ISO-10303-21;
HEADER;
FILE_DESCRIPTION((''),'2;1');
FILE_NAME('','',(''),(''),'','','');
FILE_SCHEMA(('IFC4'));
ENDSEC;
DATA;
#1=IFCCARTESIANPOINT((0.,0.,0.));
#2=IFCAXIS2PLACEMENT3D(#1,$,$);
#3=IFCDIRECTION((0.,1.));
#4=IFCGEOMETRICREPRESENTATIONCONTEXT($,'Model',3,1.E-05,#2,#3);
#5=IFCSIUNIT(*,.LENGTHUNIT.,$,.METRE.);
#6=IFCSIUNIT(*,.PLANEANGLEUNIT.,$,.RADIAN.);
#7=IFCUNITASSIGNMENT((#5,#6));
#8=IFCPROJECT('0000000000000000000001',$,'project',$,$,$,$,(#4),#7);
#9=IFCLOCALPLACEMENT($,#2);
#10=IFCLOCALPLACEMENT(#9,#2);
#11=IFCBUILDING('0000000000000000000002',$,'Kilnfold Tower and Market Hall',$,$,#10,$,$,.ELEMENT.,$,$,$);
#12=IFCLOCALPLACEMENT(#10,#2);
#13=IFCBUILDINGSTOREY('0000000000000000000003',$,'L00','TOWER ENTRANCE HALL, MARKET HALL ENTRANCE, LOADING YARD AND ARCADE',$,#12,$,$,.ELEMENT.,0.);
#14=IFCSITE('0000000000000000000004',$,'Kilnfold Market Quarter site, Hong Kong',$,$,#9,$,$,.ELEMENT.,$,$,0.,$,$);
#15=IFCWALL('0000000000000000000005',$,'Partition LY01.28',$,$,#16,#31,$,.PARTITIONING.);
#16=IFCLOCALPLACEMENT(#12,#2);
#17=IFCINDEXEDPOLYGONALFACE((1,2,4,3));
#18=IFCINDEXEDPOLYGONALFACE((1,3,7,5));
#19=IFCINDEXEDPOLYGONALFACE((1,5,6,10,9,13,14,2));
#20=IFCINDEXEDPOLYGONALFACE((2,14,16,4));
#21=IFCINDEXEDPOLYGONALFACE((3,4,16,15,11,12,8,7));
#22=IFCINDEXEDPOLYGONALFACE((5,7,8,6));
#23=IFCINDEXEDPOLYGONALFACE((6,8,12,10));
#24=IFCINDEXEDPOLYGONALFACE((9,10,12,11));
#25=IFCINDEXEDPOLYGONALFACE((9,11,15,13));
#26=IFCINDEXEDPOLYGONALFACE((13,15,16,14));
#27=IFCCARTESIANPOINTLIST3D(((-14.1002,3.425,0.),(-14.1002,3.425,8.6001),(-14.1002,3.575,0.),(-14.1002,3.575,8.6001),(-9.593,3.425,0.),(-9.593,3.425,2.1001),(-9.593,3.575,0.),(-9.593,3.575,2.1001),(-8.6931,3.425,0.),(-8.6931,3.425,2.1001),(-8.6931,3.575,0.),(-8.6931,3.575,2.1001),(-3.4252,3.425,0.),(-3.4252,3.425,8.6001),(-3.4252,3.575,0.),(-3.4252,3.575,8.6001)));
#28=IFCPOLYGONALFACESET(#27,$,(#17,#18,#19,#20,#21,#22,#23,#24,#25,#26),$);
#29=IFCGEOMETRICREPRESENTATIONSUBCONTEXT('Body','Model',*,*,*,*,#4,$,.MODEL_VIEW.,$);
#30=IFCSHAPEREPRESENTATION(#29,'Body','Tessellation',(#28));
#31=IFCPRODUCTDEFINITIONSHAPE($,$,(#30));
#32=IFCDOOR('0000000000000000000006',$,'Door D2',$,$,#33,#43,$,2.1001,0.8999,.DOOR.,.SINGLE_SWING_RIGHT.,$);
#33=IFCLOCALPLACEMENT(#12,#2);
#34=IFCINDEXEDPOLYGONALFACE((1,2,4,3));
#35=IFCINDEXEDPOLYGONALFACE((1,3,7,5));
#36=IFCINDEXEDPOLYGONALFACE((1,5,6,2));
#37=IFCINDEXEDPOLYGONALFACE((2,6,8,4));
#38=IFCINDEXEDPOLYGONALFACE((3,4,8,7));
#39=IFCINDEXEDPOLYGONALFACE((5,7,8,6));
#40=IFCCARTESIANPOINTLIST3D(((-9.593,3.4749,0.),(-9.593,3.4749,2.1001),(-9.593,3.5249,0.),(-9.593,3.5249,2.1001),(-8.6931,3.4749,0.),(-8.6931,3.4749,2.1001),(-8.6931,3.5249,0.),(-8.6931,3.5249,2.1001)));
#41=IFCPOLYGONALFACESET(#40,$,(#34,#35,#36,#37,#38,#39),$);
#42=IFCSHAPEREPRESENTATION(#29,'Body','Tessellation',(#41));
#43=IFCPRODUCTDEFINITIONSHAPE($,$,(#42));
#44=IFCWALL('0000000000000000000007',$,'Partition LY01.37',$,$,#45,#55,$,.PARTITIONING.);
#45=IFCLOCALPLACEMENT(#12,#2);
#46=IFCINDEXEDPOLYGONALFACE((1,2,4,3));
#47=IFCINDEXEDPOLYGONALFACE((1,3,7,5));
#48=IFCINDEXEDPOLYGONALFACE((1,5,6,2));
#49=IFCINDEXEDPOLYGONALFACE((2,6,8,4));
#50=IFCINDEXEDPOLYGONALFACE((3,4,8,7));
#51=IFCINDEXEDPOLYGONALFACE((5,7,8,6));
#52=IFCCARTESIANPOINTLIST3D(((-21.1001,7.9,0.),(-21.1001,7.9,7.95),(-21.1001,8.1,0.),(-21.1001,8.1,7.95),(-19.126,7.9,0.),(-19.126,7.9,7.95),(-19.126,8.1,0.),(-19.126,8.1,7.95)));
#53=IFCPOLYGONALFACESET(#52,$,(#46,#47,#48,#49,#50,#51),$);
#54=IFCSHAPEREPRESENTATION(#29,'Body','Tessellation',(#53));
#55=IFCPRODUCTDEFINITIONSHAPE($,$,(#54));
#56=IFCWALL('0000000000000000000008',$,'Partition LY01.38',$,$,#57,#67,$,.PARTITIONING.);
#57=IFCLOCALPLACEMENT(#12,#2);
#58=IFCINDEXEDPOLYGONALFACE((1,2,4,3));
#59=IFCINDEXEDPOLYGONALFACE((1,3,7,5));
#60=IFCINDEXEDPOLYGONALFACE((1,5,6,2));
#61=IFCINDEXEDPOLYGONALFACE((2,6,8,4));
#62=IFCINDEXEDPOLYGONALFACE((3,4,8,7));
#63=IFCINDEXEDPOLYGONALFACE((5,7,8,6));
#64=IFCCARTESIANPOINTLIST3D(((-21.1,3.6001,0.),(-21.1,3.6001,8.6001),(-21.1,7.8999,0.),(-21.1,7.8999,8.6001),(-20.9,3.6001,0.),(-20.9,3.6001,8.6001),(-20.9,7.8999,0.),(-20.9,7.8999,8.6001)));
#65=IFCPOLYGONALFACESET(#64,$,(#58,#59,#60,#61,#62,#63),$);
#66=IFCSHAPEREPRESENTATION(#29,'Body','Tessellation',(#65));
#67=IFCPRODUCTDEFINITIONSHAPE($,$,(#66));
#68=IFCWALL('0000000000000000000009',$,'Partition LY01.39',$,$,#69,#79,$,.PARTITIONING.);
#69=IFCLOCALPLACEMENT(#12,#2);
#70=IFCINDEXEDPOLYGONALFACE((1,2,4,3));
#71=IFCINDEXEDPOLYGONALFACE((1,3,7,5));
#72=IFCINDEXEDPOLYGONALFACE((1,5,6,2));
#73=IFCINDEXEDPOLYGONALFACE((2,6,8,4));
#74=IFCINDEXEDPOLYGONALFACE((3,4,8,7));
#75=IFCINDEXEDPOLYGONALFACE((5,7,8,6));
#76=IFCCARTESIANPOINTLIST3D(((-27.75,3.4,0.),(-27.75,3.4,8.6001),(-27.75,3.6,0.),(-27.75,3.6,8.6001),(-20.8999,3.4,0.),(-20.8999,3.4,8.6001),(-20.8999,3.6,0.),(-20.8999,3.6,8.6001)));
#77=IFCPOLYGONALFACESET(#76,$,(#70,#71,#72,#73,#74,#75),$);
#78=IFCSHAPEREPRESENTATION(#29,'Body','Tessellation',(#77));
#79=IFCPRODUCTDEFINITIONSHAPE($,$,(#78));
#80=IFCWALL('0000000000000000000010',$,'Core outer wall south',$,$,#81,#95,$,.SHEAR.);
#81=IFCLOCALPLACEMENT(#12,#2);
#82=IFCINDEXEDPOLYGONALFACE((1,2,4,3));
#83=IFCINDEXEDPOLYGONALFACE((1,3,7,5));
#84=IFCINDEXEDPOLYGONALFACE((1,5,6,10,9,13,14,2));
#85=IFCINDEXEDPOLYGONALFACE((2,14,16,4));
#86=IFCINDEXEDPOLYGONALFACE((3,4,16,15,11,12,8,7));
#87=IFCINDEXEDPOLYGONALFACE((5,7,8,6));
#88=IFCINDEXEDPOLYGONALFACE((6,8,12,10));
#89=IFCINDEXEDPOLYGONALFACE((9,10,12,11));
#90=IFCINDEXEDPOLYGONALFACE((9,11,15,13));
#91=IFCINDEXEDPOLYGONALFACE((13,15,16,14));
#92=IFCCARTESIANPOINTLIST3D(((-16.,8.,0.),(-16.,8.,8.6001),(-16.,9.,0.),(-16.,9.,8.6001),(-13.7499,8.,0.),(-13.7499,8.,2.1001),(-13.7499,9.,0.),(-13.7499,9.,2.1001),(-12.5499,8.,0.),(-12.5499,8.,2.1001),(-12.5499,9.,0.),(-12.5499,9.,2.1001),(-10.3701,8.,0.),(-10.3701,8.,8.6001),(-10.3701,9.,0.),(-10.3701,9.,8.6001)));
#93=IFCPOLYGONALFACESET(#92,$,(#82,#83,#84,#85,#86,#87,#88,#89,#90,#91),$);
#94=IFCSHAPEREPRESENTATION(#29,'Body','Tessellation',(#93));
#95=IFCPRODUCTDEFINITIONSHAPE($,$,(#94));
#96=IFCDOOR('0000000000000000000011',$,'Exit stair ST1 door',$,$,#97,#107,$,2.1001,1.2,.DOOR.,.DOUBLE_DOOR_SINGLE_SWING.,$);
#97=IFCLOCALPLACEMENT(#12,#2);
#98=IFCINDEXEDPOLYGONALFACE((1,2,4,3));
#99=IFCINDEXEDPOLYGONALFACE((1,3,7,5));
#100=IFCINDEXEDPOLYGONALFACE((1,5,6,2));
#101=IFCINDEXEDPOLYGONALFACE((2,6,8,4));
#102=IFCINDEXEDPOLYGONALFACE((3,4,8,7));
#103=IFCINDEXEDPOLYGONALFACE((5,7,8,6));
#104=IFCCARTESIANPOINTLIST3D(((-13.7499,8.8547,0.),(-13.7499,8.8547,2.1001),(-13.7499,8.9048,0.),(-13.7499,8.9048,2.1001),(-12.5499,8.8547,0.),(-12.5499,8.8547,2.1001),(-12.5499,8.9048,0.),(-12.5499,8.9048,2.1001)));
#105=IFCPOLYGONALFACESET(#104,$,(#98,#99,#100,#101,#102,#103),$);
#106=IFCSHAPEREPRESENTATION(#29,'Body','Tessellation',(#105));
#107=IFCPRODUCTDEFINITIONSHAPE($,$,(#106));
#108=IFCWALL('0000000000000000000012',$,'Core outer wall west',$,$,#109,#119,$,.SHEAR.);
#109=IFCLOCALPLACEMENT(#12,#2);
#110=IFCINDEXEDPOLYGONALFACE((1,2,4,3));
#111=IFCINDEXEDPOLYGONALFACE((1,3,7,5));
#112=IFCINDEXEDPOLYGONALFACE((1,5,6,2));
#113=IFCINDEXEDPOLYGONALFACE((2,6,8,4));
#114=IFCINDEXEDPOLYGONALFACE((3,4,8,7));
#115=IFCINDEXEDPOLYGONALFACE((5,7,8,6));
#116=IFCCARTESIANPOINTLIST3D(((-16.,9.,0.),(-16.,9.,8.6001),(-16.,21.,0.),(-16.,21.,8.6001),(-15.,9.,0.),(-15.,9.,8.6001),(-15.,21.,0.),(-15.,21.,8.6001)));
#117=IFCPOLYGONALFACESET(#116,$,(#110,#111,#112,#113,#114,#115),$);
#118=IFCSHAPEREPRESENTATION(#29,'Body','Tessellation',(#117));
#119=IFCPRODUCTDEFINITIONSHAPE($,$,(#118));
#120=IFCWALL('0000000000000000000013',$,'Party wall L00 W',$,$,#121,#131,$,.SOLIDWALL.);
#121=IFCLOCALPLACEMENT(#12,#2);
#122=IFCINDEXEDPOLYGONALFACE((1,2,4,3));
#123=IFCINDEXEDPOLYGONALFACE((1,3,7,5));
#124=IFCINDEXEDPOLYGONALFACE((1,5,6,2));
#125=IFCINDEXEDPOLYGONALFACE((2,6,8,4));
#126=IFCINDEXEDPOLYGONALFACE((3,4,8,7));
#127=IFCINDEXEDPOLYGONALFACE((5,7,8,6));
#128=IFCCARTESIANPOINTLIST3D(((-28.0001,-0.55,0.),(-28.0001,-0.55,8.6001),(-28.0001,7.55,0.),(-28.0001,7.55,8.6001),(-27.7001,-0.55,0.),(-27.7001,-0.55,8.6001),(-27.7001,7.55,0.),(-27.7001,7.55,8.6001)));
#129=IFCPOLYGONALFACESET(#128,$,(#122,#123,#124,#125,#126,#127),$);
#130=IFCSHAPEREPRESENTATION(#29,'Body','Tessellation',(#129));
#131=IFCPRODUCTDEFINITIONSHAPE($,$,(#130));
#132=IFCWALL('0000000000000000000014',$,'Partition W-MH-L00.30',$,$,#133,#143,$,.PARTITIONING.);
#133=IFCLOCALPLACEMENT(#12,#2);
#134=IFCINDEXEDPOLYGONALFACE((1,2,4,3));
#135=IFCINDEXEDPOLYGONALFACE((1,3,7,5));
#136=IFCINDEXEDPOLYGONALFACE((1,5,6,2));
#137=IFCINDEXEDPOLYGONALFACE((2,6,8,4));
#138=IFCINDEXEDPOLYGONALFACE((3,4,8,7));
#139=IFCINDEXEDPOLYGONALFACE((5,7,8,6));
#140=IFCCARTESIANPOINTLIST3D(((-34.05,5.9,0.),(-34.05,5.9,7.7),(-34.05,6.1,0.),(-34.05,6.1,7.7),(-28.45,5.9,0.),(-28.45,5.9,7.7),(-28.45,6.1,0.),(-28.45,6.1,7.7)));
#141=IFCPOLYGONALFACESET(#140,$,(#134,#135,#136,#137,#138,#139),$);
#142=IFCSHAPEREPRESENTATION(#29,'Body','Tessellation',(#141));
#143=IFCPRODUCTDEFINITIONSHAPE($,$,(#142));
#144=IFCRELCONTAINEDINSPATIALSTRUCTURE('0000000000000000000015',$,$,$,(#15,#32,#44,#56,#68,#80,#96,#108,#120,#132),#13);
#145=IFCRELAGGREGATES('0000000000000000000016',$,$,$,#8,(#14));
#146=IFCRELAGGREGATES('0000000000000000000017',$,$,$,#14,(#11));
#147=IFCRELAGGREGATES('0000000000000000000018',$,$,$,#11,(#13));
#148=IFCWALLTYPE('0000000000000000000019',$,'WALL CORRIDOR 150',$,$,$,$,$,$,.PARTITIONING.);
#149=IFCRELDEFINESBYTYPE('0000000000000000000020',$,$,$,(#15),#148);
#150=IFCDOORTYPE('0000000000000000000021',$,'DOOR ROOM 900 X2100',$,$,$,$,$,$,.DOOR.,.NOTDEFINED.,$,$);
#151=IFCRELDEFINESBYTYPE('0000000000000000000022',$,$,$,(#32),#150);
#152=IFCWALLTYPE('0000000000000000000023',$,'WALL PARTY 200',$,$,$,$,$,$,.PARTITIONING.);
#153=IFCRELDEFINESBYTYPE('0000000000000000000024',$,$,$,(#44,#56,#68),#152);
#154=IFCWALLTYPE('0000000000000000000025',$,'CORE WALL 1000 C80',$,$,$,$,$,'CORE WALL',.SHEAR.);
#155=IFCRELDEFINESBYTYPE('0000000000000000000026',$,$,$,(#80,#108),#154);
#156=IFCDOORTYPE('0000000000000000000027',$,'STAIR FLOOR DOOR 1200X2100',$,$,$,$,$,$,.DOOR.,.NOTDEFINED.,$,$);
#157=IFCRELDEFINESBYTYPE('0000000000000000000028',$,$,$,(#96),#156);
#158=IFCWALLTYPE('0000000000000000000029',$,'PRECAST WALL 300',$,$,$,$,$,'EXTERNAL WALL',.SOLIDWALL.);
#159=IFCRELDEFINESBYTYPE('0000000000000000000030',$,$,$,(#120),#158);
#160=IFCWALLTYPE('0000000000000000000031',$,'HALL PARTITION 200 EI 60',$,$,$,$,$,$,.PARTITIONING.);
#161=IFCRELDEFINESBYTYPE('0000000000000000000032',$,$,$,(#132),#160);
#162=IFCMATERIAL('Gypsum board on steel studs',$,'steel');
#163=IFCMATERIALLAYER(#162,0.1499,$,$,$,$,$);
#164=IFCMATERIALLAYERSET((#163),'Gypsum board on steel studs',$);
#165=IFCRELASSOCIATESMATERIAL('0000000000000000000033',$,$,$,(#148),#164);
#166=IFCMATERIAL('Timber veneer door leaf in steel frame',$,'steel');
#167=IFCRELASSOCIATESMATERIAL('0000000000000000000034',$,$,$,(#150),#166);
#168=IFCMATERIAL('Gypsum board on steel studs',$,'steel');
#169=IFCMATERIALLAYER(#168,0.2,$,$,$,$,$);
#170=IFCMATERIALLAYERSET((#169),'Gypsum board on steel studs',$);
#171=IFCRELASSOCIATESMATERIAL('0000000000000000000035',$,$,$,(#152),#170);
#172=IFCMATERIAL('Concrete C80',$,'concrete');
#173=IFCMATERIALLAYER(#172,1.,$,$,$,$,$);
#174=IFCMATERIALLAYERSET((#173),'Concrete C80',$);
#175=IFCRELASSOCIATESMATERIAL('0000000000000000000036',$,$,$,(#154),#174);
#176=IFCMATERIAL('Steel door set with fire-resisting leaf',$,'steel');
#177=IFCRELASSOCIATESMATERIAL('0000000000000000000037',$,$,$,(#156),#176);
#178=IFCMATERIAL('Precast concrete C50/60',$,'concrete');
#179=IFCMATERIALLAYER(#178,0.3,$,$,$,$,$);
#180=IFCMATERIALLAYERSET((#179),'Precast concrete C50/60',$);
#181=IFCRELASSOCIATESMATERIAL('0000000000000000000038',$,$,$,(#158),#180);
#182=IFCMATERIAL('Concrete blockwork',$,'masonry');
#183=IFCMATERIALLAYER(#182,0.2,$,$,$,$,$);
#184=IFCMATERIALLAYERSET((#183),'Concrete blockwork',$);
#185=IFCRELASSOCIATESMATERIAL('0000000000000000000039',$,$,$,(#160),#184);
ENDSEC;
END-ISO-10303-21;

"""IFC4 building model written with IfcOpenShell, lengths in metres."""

from ifc_helpers import new_model, si_unit, direction, frame, frame_2d, origin, place, context, subcontext, project, spatial, rectangle, extrude, source, transform, mapped, material, layer, layer_set, type_object, element, fill, save


model = new_model("IFC4")

# Units and contexts
model_context = context("Model", 3, precision=1e-05, world=origin(), true_north=direction((0.0, 1.0)))
body_context = subcontext(model_context, "Body", "Model", "MODEL_VIEW")
ifc_project = project(units=[si_unit("LENGTHUNIT", "METRE"), si_unit("PLANEANGLEUNIT", "RADIAN")], contexts=[model_context])

# Site, building, storey
site_placement = place(None, origin())
site = spatial("IfcSite", under=ifc_project, at=site_placement, Name="Kilnfold Market Quarter site, Hong Kong", CompositionType="ELEMENT", RefElevation=0.0)
building_placement = place(site_placement, origin())
building = spatial("IfcBuilding", under=site, at=building_placement, Name="Kilnfold Tower and Market Hall", CompositionType="ELEMENT")
storey_placement = place(building_placement, origin())
storey = spatial("IfcBuildingStorey", under=building, at=storey_placement, Name="L00", Description="TOWER ENTRANCE HALL, MARKET HALL ENTRANCE, LOADING YARD AND ARCADE", CompositionType="ELEMENT", Elevation=0.0)

# Shared definitions
ifc_material_1 = material(Name="Gypsum board on steel studs", Category="steel")
ifc_layer_1 = layer(ifc_material_1, 0.1499)
ifc_layer_set_1 = layer_set([ifc_layer_1], Name="Gypsum board on steel studs")
wall_type_1 = type_object("IfcWallType", Name="WALL CORRIDOR 150", PredefinedType="PARTITIONING", material=ifc_layer_set_1)

# Wall, opening, door
wall_1_placement = place(storey_placement, frame((-14.1001, 3.5, 0.0), z_axis=(0.0, 0.0, 1.0), x_axis=(1.0, 0.0, 0.0)))
wall_1 = element("IfcWall", 1, at=wall_1_placement, inside=storey, type_object=wall_type_1, Name="Partition LY01.28", PredefinedType="PARTITIONING", context=body_context, shape_type="SweptSolid", body=[
    extrude(rectangle(XDim=10.675, YDim=0.1499, at=frame_2d((5.3374, 0.0))), origin(), (0.0, 0.0, 1.0), 8.6001),
])
opening_1_placement = place(wall_1_placement, frame((4.5071, 0.0, 0.0)))
opening_1 = element("IfcOpeningElement", 2, at=opening_1_placement, cuts=wall_1, PredefinedType="OPENING", context=body_context, shape_type="SweptSolid", body=[
    extrude(rectangle(XDim=0.8999, YDim=2.1001, at=frame_2d((0.45, 1.05))), frame((0.0, 0.085, 0.0), z_axis=(0.0, -1.0, 0.0), x_axis=(1.0, 0.0, 0.0)), (0.0, 0.0, 1.0), 0.1699),
])
ifc_material_2 = material(Name="Timber veneer door leaf in steel frame", Category="steel")
door_type_1 = type_object("IfcDoorType", Name="DOOR ROOM 900 X2100", OperationType="NOTDEFINED", PredefinedType="DOOR", material=ifc_material_2)
door_1_placement = place(opening_1_placement, origin())
door_1 = element("IfcDoor", 3, at=door_1_placement, inside=storey, type_object=door_type_1, Name="Door D2", OperationType="SINGLE_SWING_RIGHT", OverallHeight=2.1001, OverallWidth=0.8999, PredefinedType="DOOR", context=body_context, shape_type="SweptSolid", body=[
    extrude(rectangle(XDim=0.8999, YDim=2.1001, at=frame_2d((0.45, 1.05))), frame((0.0, 0.0249, 0.0), z_axis=(0.0, -1.0, 0.0), x_axis=(1.0, 0.0, 0.0)), (0.0, 0.0, 1.0), 0.05),
])
fill(opening_1, door_1)

# Walls
ifc_material_3 = material(Name="Gypsum board on steel studs", Category="steel")
ifc_layer_2 = layer(ifc_material_3, 0.2)
ifc_layer_set_2 = layer_set([ifc_layer_2], Name="Gypsum board on steel studs")
wall_type_2 = type_object("IfcWallType", Name="WALL PARTY 200", PredefinedType="PARTITIONING", material=ifc_layer_set_2)
wall_2_placement = place(storey_placement, frame((-21.1001, 8.0, 0.0), z_axis=(0.0, 0.0, 1.0), x_axis=(1.0, 0.0, 0.0)))
element("IfcWall", 4, at=wall_2_placement, inside=storey, type_object=wall_type_2, Name="Partition LY01.37", PredefinedType="PARTITIONING", context=body_context, shape_type="SweptSolid", body=[
    extrude(rectangle(XDim=1.9741, YDim=0.2, at=frame_2d((0.9871, 0.0))), origin(), (0.0, 0.0, 1.0), 7.95),
])
wall_3_placement = place(storey_placement, frame((-21.0, 3.6001, 0.0), z_axis=(0.0, 0.0, 1.0), x_axis=(0.0, 1.0, 0.0)))
element("IfcWall", 5, at=wall_3_placement, inside=storey, type_object=wall_type_2, Name="Partition LY01.38", PredefinedType="PARTITIONING", context=body_context, shape_type="SweptSolid", body=[
    extrude(rectangle(XDim=4.2998, YDim=0.2, at=frame_2d((2.1499, 0.0))), origin(), (0.0, 0.0, 1.0), 8.6001),
])
wall_4_placement = place(storey_placement, frame((-27.75, 3.5, 0.0), z_axis=(0.0, 0.0, 1.0), x_axis=(1.0, 0.0, 0.0)))
element("IfcWall", 6, at=wall_4_placement, inside=storey, type_object=wall_type_2, Name="Partition LY01.39", PredefinedType="PARTITIONING", context=body_context, shape_type="SweptSolid", body=[
    extrude(rectangle(XDim=6.8501, YDim=0.2, at=frame_2d((3.425, 0.0))), origin(), (0.0, 0.0, 1.0), 8.6001),
])

# Wall, opening, door
ifc_material_4 = material(Name="Concrete C80", Category="concrete")
ifc_layer_3 = layer(ifc_material_4, 1.0)
ifc_layer_set_3 = layer_set([ifc_layer_3], Name="Concrete C80")
wall_type_3 = type_object("IfcWallType", Name="CORE WALL 1000 C80", ElementType="CORE WALL", PredefinedType="SHEAR", material=ifc_layer_set_3)
shared_shape_1 = source(origin(), body_context, "Body", "SweptSolid", [
    extrude(rectangle(XDim=5.6299, YDim=1.0, at=frame_2d((2.8149, 0.0))), origin(), (0.0, 0.0, 1.0), 8.6001),
])
wall_5_placement = place(storey_placement, frame((-16.0, 8.5, 0.0), z_axis=(0.0, 0.0, 1.0), x_axis=(1.0, 0.0, 0.0)))
wall_5 = element("IfcWall", 7, at=wall_5_placement, inside=storey, type_object=wall_type_3, Name="Core outer wall south", PredefinedType="SHEAR", context=body_context, shape_type="MappedRepresentation", body=[
    mapped(shared_shape_1, transform((0.0, 0.0, 0.0))),
])
opening_2_placement = place(wall_5_placement, frame((2.25, 0.0, 0.0)))
opening_2 = element("IfcOpeningElement", 8, at=opening_2_placement, cuts=wall_5, PredefinedType="OPENING", context=body_context, shape_type="SweptSolid", body=[
    extrude(rectangle(XDim=1.2, YDim=2.1001, at=frame_2d((0.6001, 1.05))), frame((0.0, 0.51, 0.0), z_axis=(0.0, -1.0, 0.0), x_axis=(1.0, 0.0, 0.0)), (0.0, 0.0, 1.0), 1.02),
])
ifc_material_5 = material(Name="Steel door set with fire-resisting leaf", Category="steel")
door_type_2 = type_object("IfcDoorType", Name="STAIR FLOOR DOOR 1200X2100", OperationType="NOTDEFINED", PredefinedType="DOOR", material=ifc_material_5)
door_2_placement = place(opening_2_placement, origin())
door_2 = element("IfcDoor", 9, at=door_2_placement, inside=storey, type_object=door_type_2, Name="Exit stair ST1 door", OperationType="DOUBLE_DOOR_SINGLE_SWING", OverallHeight=2.1001, OverallWidth=1.2, PredefinedType="DOOR", context=body_context, shape_type="SweptSolid", body=[
    extrude(rectangle(XDim=1.2, YDim=2.1001, at=frame_2d((0.6001, 1.05))), frame((0.0, 0.4048, 0.0), z_axis=(0.0, -1.0, 0.0), x_axis=(1.0, 0.0, 0.0)), (0.0, 0.0, 1.0), 0.05),
])
fill(opening_2, door_2)

# Walls
shared_shape_2 = source(origin(), body_context, "Body", "SweptSolid", [
    extrude(rectangle(XDim=12.0, YDim=1.0, at=frame_2d((6.0, 0.0))), origin(), (0.0, 0.0, 1.0), 8.6001),
])
wall_6_placement = place(storey_placement, frame((-15.5, 9.0, 0.0), z_axis=(0.0, 0.0, 1.0), x_axis=(0.0, 1.0, 0.0)))
element("IfcWall", 10, at=wall_6_placement, inside=storey, type_object=wall_type_3, Name="Core outer wall west", PredefinedType="SHEAR", context=body_context, shape_type="MappedRepresentation", body=[
    mapped(shared_shape_2, transform((0.0, 0.0, 0.0))),
])
ifc_material_6 = material(Name="Precast concrete C50/60", Category="concrete")
ifc_layer_4 = layer(ifc_material_6, 0.3)
ifc_layer_set_4 = layer_set([ifc_layer_4], Name="Precast concrete C50/60")
wall_type_4 = type_object("IfcWallType", Name="PRECAST WALL 300", ElementType="EXTERNAL WALL", PredefinedType="SOLIDWALL", material=ifc_layer_set_4)
shared_shape_3 = source(origin(), body_context, "Body", "SweptSolid", [
    extrude(rectangle(XDim=8.1001, YDim=0.3, at=frame_2d((4.05, 0.0))), origin(), (0.0, 0.0, 1.0), 8.6001),
])
wall_7_placement = place(storey_placement, frame((-27.8501, 7.55, 0.0), z_axis=(0.0, 0.0, 1.0), x_axis=(0.0, -1.0, 0.0)))
element("IfcWall", 11, at=wall_7_placement, inside=storey, type_object=wall_type_4, Name="Party wall L00 W", PredefinedType="SOLIDWALL", context=body_context, shape_type="MappedRepresentation", body=[
    mapped(shared_shape_3, transform((0.0, 0.0, 0.0))),
])
ifc_material_7 = material(Name="Concrete blockwork", Category="masonry")
ifc_layer_5 = layer(ifc_material_7, 0.2)
ifc_layer_set_5 = layer_set([ifc_layer_5], Name="Concrete blockwork")
wall_type_5 = type_object("IfcWallType", Name="HALL PARTITION 200 EI 60", PredefinedType="PARTITIONING", material=ifc_layer_set_5)
shared_shape_4 = source(origin(), body_context, "Body", "SweptSolid", [
    extrude(rectangle(XDim=5.6001, YDim=0.2, at=frame_2d((2.8, 0.0))), origin(), (0.0, 0.0, 1.0), 7.7),
])
wall_8_placement = place(storey_placement, frame((-28.45, 6.0, 0.0), z_axis=(0.0, 0.0, 1.0), x_axis=(-1.0, 0.0, 0.0)))
element("IfcWall", 12, at=wall_8_placement, inside=storey, type_object=wall_type_5, Name="Partition W-MH-L00.30", PredefinedType="PARTITIONING", context=body_context, shape_type="MappedRepresentation", body=[
    mapped(shared_shape_4, transform((0.0, 0.0, 0.0))),
])

save(model, "model.ifc")
